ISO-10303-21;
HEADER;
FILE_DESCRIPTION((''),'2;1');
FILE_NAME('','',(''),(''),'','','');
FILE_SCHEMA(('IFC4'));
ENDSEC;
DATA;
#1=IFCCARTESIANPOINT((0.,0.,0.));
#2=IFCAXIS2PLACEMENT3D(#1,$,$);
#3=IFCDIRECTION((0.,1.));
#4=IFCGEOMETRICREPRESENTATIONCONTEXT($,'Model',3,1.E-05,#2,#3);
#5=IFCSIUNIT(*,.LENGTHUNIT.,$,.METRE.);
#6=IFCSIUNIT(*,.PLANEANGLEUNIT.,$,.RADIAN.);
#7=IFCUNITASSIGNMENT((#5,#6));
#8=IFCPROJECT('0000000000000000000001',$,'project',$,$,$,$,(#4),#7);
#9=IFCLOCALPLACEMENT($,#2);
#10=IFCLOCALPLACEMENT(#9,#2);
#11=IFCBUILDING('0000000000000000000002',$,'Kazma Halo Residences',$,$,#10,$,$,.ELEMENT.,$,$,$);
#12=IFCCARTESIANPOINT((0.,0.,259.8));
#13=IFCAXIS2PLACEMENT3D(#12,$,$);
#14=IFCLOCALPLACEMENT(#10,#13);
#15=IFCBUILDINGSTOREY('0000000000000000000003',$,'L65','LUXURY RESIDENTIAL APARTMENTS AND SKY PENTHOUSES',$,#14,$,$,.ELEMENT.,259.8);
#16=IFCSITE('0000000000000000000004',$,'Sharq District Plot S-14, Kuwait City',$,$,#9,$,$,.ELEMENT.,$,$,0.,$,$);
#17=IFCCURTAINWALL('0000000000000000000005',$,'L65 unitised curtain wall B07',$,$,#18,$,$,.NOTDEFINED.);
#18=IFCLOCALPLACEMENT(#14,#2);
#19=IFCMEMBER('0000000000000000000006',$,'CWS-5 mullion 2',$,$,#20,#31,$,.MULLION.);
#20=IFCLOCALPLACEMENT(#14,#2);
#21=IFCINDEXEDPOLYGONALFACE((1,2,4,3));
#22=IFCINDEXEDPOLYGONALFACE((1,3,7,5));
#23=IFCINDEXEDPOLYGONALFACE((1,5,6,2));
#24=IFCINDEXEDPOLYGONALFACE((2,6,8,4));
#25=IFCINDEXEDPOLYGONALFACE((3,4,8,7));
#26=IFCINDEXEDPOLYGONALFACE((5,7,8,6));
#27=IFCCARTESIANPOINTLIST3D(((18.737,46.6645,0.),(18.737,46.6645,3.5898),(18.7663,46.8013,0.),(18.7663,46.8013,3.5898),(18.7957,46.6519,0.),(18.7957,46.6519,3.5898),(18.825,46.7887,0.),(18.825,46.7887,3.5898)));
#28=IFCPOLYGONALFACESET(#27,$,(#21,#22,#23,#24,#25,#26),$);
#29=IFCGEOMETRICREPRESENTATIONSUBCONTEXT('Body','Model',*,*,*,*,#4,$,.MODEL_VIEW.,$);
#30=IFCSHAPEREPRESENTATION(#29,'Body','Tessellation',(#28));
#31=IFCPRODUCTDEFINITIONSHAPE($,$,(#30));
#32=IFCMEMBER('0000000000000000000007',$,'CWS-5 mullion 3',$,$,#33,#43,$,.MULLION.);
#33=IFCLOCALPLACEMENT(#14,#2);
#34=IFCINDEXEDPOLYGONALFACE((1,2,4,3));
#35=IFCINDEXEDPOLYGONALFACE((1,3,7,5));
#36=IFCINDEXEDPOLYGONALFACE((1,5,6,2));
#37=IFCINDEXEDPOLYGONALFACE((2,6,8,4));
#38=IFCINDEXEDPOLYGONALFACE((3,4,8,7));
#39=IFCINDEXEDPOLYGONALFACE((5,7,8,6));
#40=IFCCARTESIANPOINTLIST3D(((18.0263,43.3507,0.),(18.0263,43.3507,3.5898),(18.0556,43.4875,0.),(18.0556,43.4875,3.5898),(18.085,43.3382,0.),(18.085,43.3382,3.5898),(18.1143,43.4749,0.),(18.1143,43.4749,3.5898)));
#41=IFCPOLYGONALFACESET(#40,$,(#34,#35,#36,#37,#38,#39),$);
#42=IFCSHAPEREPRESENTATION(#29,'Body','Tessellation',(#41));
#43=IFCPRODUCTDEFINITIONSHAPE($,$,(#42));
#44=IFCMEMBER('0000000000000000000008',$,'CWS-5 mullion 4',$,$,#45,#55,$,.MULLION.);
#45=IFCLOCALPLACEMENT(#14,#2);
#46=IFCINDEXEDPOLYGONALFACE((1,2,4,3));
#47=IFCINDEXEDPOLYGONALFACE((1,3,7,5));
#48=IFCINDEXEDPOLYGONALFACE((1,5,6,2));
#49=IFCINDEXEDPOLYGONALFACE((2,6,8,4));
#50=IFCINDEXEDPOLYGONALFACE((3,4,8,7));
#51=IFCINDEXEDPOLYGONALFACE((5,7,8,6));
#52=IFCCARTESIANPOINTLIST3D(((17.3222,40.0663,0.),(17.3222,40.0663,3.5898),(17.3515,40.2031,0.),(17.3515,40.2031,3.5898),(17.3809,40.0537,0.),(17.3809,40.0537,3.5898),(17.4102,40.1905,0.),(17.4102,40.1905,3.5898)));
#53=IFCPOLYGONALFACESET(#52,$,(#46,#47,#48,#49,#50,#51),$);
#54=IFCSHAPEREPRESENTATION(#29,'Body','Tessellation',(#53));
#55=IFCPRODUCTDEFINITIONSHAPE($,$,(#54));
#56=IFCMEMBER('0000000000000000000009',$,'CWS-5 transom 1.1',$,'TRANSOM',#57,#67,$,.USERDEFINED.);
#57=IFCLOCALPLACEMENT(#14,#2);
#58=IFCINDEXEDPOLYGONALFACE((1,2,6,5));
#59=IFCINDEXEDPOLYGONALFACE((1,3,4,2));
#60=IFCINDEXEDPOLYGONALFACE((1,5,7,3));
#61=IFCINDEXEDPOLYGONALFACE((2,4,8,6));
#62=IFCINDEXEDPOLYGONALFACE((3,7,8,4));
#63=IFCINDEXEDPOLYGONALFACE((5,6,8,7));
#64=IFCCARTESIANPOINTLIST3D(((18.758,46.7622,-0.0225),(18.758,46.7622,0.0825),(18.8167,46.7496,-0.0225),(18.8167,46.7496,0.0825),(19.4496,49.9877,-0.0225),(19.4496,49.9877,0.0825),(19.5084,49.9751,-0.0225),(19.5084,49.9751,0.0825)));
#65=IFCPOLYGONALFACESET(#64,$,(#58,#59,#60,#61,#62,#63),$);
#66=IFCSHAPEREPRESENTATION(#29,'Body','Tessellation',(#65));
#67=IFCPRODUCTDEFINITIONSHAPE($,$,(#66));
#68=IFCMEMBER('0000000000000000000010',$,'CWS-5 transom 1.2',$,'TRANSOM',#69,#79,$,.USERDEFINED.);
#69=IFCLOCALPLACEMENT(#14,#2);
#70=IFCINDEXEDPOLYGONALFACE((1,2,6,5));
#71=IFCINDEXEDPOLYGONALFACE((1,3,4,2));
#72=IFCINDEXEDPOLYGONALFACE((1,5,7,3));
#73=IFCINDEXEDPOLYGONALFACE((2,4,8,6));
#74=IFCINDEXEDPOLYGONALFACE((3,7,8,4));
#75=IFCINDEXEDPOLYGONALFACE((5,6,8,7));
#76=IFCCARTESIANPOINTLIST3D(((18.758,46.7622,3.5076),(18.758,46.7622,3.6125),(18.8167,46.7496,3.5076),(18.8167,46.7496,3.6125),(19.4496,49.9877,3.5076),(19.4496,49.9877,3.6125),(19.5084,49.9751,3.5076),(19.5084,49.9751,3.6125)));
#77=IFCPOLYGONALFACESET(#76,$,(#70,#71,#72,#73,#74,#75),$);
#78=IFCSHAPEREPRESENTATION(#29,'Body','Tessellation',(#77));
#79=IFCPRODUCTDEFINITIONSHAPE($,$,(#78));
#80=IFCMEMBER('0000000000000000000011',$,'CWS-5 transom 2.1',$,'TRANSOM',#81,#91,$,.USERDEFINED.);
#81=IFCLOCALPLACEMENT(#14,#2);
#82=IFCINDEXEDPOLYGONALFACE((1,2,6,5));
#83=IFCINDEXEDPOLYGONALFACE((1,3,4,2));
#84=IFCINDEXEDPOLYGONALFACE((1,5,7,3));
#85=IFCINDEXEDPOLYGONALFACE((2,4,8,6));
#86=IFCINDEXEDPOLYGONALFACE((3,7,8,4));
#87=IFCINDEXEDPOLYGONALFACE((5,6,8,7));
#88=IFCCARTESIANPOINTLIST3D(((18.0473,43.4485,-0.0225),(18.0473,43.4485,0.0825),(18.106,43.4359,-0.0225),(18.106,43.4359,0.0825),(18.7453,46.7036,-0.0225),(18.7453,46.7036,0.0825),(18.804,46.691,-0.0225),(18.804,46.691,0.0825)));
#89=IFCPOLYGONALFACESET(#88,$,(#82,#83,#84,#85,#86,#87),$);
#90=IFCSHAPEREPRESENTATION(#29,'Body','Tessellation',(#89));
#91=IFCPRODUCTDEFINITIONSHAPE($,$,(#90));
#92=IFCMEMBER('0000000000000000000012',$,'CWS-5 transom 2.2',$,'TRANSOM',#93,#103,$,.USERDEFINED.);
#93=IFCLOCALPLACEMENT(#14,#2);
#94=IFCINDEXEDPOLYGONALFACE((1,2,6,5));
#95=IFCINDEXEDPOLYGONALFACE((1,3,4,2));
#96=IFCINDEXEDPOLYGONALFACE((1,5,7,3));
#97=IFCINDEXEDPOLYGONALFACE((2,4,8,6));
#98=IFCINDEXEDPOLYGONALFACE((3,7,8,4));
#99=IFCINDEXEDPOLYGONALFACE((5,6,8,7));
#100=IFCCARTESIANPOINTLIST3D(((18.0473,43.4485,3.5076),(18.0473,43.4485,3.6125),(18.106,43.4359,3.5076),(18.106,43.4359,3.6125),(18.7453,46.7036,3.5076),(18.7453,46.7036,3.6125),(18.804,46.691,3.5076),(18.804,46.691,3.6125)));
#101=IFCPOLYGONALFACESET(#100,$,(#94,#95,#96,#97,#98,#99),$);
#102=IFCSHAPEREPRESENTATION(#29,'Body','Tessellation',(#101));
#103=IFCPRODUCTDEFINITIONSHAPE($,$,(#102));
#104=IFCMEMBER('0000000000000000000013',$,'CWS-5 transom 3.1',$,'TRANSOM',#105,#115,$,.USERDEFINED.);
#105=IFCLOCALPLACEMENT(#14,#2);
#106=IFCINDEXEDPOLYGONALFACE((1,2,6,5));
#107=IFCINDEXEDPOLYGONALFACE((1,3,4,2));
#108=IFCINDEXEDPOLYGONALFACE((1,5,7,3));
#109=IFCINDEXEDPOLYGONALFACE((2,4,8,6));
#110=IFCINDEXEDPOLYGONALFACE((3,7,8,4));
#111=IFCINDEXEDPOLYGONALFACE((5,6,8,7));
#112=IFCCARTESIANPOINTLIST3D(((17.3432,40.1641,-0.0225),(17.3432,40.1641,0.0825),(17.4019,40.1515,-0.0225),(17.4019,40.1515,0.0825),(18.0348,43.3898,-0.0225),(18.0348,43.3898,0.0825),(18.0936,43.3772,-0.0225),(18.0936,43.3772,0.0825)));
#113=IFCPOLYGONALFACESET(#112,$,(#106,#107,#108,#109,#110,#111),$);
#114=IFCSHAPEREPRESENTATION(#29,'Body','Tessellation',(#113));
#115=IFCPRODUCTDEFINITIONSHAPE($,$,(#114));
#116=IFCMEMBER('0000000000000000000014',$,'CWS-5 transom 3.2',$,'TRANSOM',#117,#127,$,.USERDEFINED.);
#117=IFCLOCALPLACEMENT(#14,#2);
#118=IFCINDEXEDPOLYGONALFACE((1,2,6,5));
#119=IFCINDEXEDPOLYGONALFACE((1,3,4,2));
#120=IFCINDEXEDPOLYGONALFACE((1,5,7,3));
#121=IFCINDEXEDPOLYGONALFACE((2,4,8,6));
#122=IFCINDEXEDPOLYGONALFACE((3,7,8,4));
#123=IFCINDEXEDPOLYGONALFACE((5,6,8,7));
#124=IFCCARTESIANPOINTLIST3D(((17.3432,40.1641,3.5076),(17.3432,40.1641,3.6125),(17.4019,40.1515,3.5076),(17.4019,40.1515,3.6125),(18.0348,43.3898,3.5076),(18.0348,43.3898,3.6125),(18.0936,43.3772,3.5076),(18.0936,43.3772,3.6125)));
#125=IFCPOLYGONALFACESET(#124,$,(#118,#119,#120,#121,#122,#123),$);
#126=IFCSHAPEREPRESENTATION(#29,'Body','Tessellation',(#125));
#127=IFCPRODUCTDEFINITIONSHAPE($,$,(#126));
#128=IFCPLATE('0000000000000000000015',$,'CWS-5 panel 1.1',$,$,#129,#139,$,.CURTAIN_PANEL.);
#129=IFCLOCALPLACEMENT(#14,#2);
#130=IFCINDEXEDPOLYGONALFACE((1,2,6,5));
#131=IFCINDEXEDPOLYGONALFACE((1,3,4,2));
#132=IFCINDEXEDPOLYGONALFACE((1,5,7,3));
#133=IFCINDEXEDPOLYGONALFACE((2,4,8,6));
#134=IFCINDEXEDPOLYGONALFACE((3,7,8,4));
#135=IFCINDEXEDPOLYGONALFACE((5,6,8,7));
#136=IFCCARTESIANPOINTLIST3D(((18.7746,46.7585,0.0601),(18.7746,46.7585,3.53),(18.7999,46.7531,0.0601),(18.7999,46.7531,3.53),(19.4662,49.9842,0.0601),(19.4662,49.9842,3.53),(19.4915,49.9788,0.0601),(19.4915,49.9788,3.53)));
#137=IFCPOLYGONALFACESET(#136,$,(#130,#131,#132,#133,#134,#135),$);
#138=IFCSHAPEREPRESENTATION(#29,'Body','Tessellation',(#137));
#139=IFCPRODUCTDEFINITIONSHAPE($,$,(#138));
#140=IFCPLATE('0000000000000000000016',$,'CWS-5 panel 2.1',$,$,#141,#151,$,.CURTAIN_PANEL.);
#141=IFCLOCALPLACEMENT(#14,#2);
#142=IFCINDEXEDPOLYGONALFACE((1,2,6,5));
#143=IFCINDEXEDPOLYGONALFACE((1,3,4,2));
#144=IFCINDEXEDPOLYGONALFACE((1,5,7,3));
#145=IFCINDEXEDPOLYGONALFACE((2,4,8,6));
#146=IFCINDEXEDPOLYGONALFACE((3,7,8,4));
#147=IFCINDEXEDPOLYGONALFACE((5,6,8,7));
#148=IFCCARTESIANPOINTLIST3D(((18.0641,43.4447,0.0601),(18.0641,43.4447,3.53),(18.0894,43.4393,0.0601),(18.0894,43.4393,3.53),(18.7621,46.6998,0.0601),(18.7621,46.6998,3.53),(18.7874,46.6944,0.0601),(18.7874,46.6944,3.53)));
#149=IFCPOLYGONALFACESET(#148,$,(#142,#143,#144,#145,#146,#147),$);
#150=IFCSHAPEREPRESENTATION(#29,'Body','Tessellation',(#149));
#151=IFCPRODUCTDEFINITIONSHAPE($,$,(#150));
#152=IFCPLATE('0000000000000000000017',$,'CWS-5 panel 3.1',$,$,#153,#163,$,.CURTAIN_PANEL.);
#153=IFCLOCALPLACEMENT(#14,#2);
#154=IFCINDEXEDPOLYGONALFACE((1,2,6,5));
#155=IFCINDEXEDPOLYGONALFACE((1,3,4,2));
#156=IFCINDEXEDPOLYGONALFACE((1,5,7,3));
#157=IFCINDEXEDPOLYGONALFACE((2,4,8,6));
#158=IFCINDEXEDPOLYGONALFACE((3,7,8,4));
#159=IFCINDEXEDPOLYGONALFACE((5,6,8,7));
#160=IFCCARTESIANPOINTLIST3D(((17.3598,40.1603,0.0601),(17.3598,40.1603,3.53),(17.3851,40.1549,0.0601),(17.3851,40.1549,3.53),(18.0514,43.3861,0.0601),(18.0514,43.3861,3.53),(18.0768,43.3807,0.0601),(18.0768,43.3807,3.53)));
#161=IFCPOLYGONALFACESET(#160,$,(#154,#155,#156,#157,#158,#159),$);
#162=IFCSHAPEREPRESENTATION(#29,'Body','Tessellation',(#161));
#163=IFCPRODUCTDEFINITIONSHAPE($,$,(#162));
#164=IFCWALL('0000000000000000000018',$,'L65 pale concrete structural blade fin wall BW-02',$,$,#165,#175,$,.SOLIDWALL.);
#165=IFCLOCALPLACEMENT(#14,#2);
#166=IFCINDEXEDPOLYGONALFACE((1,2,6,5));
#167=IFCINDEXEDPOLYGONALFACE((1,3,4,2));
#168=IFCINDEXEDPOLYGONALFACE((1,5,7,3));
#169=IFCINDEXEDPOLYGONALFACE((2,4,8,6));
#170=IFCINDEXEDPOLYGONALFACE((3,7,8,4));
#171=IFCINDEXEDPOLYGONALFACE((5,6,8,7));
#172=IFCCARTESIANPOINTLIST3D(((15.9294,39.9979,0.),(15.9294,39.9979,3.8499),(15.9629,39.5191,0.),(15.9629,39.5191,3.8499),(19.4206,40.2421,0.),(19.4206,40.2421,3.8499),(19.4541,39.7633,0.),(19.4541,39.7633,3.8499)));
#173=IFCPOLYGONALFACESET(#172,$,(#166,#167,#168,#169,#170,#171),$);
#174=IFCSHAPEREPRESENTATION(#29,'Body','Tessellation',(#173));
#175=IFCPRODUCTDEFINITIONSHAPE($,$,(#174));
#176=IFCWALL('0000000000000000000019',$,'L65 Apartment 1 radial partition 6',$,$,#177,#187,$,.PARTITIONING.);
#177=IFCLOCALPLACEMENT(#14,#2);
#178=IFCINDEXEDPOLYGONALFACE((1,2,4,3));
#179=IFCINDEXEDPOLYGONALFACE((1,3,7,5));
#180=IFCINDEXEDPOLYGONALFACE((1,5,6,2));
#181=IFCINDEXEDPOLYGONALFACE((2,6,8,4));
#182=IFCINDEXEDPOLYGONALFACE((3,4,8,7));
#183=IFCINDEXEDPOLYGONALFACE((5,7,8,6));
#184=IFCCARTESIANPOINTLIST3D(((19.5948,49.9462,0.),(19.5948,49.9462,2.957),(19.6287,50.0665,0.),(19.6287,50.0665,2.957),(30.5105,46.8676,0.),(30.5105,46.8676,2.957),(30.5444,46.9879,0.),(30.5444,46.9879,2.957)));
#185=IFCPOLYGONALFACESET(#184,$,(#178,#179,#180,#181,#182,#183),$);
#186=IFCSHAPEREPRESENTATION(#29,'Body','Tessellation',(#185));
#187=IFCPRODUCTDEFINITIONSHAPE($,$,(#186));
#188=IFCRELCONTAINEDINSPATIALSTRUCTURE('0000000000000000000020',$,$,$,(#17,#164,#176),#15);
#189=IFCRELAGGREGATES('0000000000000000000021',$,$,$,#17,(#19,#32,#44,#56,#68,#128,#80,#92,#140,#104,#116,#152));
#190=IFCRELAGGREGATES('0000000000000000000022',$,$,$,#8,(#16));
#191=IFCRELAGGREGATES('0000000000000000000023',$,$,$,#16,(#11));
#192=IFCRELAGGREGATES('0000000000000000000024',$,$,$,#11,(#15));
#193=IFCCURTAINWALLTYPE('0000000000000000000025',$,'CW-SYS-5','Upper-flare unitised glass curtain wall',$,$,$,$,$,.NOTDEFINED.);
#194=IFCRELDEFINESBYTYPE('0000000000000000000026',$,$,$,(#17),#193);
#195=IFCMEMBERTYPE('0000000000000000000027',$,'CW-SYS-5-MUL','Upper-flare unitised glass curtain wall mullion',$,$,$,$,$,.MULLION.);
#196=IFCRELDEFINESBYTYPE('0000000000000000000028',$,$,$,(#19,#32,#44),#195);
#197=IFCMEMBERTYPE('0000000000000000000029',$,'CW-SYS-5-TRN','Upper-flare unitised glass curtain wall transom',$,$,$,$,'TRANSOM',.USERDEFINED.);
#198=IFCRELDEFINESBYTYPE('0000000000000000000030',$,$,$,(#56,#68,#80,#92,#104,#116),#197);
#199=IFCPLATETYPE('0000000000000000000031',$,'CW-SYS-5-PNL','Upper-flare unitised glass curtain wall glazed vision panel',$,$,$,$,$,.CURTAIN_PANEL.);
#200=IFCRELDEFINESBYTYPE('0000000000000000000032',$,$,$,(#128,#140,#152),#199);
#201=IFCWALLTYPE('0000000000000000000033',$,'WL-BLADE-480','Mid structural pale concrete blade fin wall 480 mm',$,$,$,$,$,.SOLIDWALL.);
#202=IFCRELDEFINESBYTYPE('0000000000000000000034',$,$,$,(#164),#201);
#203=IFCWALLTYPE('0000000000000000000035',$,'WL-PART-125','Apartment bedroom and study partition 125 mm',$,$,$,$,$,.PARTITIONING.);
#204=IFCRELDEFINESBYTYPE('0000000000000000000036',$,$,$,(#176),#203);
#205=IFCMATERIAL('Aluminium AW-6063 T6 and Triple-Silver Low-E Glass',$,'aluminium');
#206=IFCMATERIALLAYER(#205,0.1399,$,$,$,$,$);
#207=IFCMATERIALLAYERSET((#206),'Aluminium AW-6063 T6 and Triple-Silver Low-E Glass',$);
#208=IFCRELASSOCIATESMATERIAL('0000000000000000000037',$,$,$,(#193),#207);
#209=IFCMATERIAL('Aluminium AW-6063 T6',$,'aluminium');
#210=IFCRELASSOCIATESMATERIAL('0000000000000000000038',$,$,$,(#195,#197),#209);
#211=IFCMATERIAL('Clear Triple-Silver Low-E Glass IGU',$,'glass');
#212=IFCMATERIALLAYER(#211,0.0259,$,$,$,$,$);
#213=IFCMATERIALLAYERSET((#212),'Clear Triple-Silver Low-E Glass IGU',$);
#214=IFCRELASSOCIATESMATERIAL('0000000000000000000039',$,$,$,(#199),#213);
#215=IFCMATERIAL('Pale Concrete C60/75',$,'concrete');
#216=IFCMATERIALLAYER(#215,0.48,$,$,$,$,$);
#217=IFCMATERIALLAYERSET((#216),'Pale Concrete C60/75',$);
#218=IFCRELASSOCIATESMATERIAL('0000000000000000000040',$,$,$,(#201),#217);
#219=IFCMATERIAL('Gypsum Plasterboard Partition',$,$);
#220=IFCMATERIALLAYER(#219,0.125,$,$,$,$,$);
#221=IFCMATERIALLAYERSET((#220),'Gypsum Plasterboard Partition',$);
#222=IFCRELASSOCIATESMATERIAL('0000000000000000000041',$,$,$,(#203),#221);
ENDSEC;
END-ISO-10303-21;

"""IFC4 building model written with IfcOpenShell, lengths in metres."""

from ifc_helpers import new_model, si_unit, direction, frame, frame_2d, origin, origin_2d, place, context, subcontext, project, spatial, rectangle, extrude, material, layer, layer_set, material_profile, profile_set, type_object, element, aggregate, save


model = new_model("IFC4")

# Units and contexts
model_context = context("Model", 3, precision=1e-05, world=origin(), true_north=direction((0.0, 1.0)))
body_context = subcontext(model_context, "Body", "Model", "MODEL_VIEW")
ifc_project = project(units=[si_unit("LENGTHUNIT", "METRE"), si_unit("PLANEANGLEUNIT", "RADIAN")], contexts=[model_context])

# Site, building, storey
site_placement = place(None, origin())
site = spatial("IfcSite", under=ifc_project, at=site_placement, Name="Sharq District Plot S-14, Kuwait City", CompositionType="ELEMENT", RefElevation=0.0)
building_placement = place(site_placement, origin())
building = spatial("IfcBuilding", under=site, at=building_placement, Name="Kazma Halo Residences", CompositionType="ELEMENT")
storey_placement = place(building_placement, frame((0.0, 0.0, 259.8)))
storey = spatial("IfcBuildingStorey", under=building, at=storey_placement, Name="L65", Description="LUXURY RESIDENTIAL APARTMENTS AND SKY PENTHOUSES", CompositionType="ELEMENT", Elevation=259.8)

# Curtain wall, members, plates
ifc_material_1 = material(Name="Aluminium AW-6063 T6 and Triple-Silver Low-E Glass", Category="aluminium")
ifc_layer_1 = layer(ifc_material_1, 0.1399)
ifc_layer_set_1 = layer_set([ifc_layer_1], Name="Aluminium AW-6063 T6 and Triple-Silver Low-E Glass")
curtain_wall_type = type_object("IfcCurtainWallType", Name="CW-SYS-5", Description="Upper-flare unitised glass curtain wall", PredefinedType="NOTDEFINED", material=ifc_layer_set_1)
curtain_wall_placement = place(storey_placement, origin())
curtain_wall = element("IfcCurtainWall", 1, at=curtain_wall_placement, inside=storey, type_object=curtain_wall_type, Name="L65 unitised curtain wall B07", PredefinedType="NOTDEFINED")
ifc_material_2 = material(Name="Aluminium AW-6063 T6", Category="aluminium")
ifc_material_profile_1 = material_profile(ifc_material_2, rectangle(XDim=0.0601, YDim=0.1399, at=origin_2d()), Name="CWM-60x140")
ifc_profile_set_1 = profile_set([ifc_material_profile_1], Name="Aluminium AW-6063 T6")
member_type_1 = type_object("IfcMemberType", Name="CW-SYS-5-MUL", Description="Upper-flare unitised glass curtain wall mullion", PredefinedType="MULLION", material=ifc_profile_set_1)
member_1_placement = place(storey_placement, frame((18.781, 46.7266, 0.0), z_axis=(0.0, 0.0, 1.0), x_axis=(0.977775, -0.209657, 0.0)))
member_1 = element("IfcMember", 2, at=member_1_placement, type_object=member_type_1, Name="CWS-5 mullion 2", PredefinedType="MULLION", context=body_context, shape_type="SweptSolid", body=[
    extrude(rectangle(XDim=0.0601, YDim=0.1399, at=origin_2d()), origin(), (0.0, 0.0, 1.0), 3.5898),
])
member_2_placement = place(storey_placement, frame((18.0703, 43.4128, 0.0), z_axis=(0.0, 0.0, 1.0), x_axis=(0.977775, -0.209657, 0.0)))
member_2 = element("IfcMember", 3, at=member_2_placement, type_object=member_type_1, Name="CWS-5 mullion 3", PredefinedType="MULLION", context=body_context, shape_type="SweptSolid", body=[
    extrude(rectangle(XDim=0.0601, YDim=0.1399, at=origin_2d()), origin(), (0.0, 0.0, 1.0), 3.5898),
])
member_3_placement = place(storey_placement, frame((17.3662, 40.1284, 0.0), z_axis=(0.0, 0.0, 1.0), x_axis=(0.977775, -0.209657, 0.0)))
member_3 = element("IfcMember", 4, at=member_3_placement, type_object=member_type_1, Name="CWS-5 mullion 4", PredefinedType="MULLION", context=body_context, shape_type="SweptSolid", body=[
    extrude(rectangle(XDim=0.0601, YDim=0.1399, at=origin_2d()), origin(), (0.0, 0.0, 1.0), 3.5898),
])
ifc_material_profile_2 = material_profile(ifc_material_2, rectangle(XDim=0.0601, YDim=0.105, at=origin_2d()), Name="CWT-60x105")
ifc_profile_set_2 = profile_set([ifc_material_profile_2], Name="Aluminium AW-6063 T6")
member_type_2 = type_object("IfcMemberType", Name="CW-SYS-5-TRN", Description="Upper-flare unitised glass curtain wall transom", ElementType="TRANSOM", PredefinedType="USERDEFINED", material=ifc_profile_set_2)
member_4_placement = place(storey_placement, frame((19.479, 49.9814, 0.03), z_axis=(-0.20966, -0.977774, 0.0), x_axis=(0.977774, -0.20966, 0.0)))
member_4 = element("IfcMember", 5, at=member_4_placement, type_object=member_type_2, Name="CWS-5 transom 1.1", ObjectType="TRANSOM", PredefinedType="USERDEFINED", context=body_context, shape_type="SweptSolid", body=[
    extrude(rectangle(XDim=0.0601, YDim=0.105, at=origin_2d()), origin(), (0.0, 0.0, 1.0), 3.2988),
])
member_5_placement = place(storey_placement, frame((19.479, 49.9814, 3.5601), z_axis=(-0.20966, -0.977774, 0.0), x_axis=(0.977774, -0.20966, 0.0)))
member_5 = element("IfcMember", 6, at=member_5_placement, type_object=member_type_2, Name="CWS-5 transom 1.2", ObjectType="TRANSOM", PredefinedType="USERDEFINED", context=body_context, shape_type="SweptSolid", body=[
    extrude(rectangle(XDim=0.0601, YDim=0.105, at=origin_2d()), origin(), (0.0, 0.0, 1.0), 3.2988),
])
member_6_placement = place(storey_placement, frame((18.7747, 46.6973, 0.03), z_axis=(-0.209664, -0.977773, 0.0), x_axis=(0.977773, -0.209664, 0.0)))
member_6 = element("IfcMember", 7, at=member_6_placement, type_object=member_type_2, Name="CWS-5 transom 2.1", ObjectType="TRANSOM", PredefinedType="USERDEFINED", context=body_context, shape_type="SweptSolid", body=[
    extrude(rectangle(XDim=0.0601, YDim=0.105, at=origin_2d()), origin(), (0.0, 0.0, 1.0), 3.3291),
])
member_7_placement = place(storey_placement, frame((18.7747, 46.6973, 3.5601), z_axis=(-0.209664, -0.977773, 0.0), x_axis=(0.977773, -0.209664, 0.0)))
member_7 = element("IfcMember", 8, at=member_7_placement, type_object=member_type_2, Name="CWS-5 transom 2.2", ObjectType="TRANSOM", PredefinedType="USERDEFINED", context=body_context, shape_type="SweptSolid", body=[
    extrude(rectangle(XDim=0.0601, YDim=0.105, at=origin_2d()), origin(), (0.0, 0.0, 1.0), 3.3291),
])
member_8_placement = place(storey_placement, frame((18.0642, 43.3835, 0.03), z_axis=(-0.209645, -0.977777, 0.0), x_axis=(0.977777, -0.209645, 0.0)))
member_8 = element("IfcMember", 9, at=member_8_placement, type_object=member_type_2, Name="CWS-5 transom 3.1", ObjectType="TRANSOM", PredefinedType="USERDEFINED", context=body_context, shape_type="SweptSolid", body=[
    extrude(rectangle(XDim=0.0601, YDim=0.105, at=origin_2d()), origin(), (0.0, 0.0, 1.0), 3.2991),
])
member_9_placement = place(storey_placement, frame((18.0642, 43.3835, 3.5601), z_axis=(-0.209645, -0.977777, 0.0), x_axis=(0.977777, -0.209645, 0.0)))
member_9 = element("IfcMember", 10, at=member_9_placement, type_object=member_type_2, Name="CWS-5 transom 3.2", ObjectType="TRANSOM", PredefinedType="USERDEFINED", context=body_context, shape_type="SweptSolid", body=[
    extrude(rectangle(XDim=0.0601, YDim=0.105, at=origin_2d()), origin(), (0.0, 0.0, 1.0), 3.2991),
])
ifc_material_3 = material(Name="Clear Triple-Silver Low-E Glass IGU", Category="glass")
ifc_layer_2 = layer(ifc_material_3, 0.0259)
ifc_layer_set_2 = layer_set([ifc_layer_2], Name="Clear Triple-Silver Low-E Glass IGU")
plate_type = type_object("IfcPlateType", Name="CW-SYS-5-PNL", Description="Upper-flare unitised glass curtain wall glazed vision panel", PredefinedType="CURTAIN_PANEL", material=ifc_layer_set_2)
plate_1_placement = place(storey_placement, frame((19.1331, 48.3687, 0.0601), z_axis=(0.0, 0.0, 1.0), x_axis=(-0.209657, -0.977775, 0.0)))
plate_1 = element("IfcPlate", 11, at=plate_1_placement, type_object=plate_type, Name="CWS-5 panel 1.1", PredefinedType="CURTAIN_PANEL", context=body_context, shape_type="SweptSolid", body=[
    extrude(rectangle(XDim=3.2991, YDim=0.0259, at=origin_2d()), origin(), (0.0, 0.0, 1.0), 3.47),
])
plate_2_placement = place(storey_placement, frame((18.4258, 45.0696, 0.0601), z_axis=(0.0, 0.0, 1.0), x_axis=(-0.209657, -0.977775, 0.0)))
plate_2 = element("IfcPlate", 12, at=plate_2_placement, type_object=plate_type, Name="CWS-5 panel 2.1", PredefinedType="CURTAIN_PANEL", context=body_context, shape_type="SweptSolid", body=[
    extrude(rectangle(XDim=3.3291, YDim=0.0259, at=origin_2d()), origin(), (0.0, 0.0, 1.0), 3.47),
])
plate_3_placement = place(storey_placement, frame((17.7183, 41.7705, 0.0601), z_axis=(0.0, 0.0, 1.0), x_axis=(-0.209657, -0.977775, 0.0)))
plate_3 = element("IfcPlate", 13, at=plate_3_placement, type_object=plate_type, Name="CWS-5 panel 3.1", PredefinedType="CURTAIN_PANEL", context=body_context, shape_type="SweptSolid", body=[
    extrude(rectangle(XDim=3.2991, YDim=0.0259, at=origin_2d()), origin(), (0.0, 0.0, 1.0), 3.47),
])
aggregate(curtain_wall, [member_1, member_2, member_3, member_4, member_5, plate_1, member_6, member_7, plate_2, member_8, member_9, plate_3])

# Walls
ifc_material_4 = material(Name="Pale Concrete C60/75", Category="concrete")
ifc_layer_3 = layer(ifc_material_4, 0.48)
ifc_layer_set_3 = layer_set([ifc_layer_3], Name="Pale Concrete C60/75")
wall_type_1 = type_object("IfcWallType", Name="WL-BLADE-480", Description="Mid structural pale concrete blade fin wall 480 mm", PredefinedType="SOLIDWALL", material=ifc_layer_set_3)
wall_1_placement = place(storey_placement, frame((19.4375, 40.0027, 0.0), z_axis=(0.0, 0.0, 1.0), x_axis=(-0.997564, -0.06976, 0.0)))
element("IfcWall", 14, at=wall_1_placement, inside=storey, type_object=wall_type_1, Name="L65 pale concrete structural blade fin wall BW-02", PredefinedType="SOLIDWALL", context=body_context, shape_type="SweptSolid", body=[
    extrude(rectangle(XDim=3.4998, YDim=0.48, at=frame_2d((1.75, 0.0))), origin(), (0.0, 0.0, 1.0), 3.8499),
])
ifc_material_5 = material(Name="Gypsum Plasterboard Partition")
ifc_layer_4 = layer(ifc_material_5, 0.125)
ifc_layer_set_4 = layer_set([ifc_layer_4], Name="Gypsum Plasterboard Partition")
wall_type_2 = type_object("IfcWallType", Name="WL-PART-125", Description="Apartment bedroom and study partition 125 mm", PredefinedType="PARTITIONING", material=ifc_layer_set_4)
wall_2_placement = place(storey_placement, frame((30.5276, 46.9277, 0.0), z_axis=(0.0, 0.0, 1.0), x_axis=(-0.962454, 0.271444, 0.0)))
element("IfcWall", 15, at=wall_2_placement, inside=storey, type_object=wall_type_2, Name="L65 Apartment 1 radial partition 6", PredefinedType="PARTITIONING", context=body_context, shape_type="SweptSolid", body=[
    extrude(rectangle(XDim=11.3416, YDim=0.125, at=frame_2d((5.6709, 0.0))), origin(), (0.0, 0.0, 1.0), 2.957),
])

save(model, "model.ifc")
